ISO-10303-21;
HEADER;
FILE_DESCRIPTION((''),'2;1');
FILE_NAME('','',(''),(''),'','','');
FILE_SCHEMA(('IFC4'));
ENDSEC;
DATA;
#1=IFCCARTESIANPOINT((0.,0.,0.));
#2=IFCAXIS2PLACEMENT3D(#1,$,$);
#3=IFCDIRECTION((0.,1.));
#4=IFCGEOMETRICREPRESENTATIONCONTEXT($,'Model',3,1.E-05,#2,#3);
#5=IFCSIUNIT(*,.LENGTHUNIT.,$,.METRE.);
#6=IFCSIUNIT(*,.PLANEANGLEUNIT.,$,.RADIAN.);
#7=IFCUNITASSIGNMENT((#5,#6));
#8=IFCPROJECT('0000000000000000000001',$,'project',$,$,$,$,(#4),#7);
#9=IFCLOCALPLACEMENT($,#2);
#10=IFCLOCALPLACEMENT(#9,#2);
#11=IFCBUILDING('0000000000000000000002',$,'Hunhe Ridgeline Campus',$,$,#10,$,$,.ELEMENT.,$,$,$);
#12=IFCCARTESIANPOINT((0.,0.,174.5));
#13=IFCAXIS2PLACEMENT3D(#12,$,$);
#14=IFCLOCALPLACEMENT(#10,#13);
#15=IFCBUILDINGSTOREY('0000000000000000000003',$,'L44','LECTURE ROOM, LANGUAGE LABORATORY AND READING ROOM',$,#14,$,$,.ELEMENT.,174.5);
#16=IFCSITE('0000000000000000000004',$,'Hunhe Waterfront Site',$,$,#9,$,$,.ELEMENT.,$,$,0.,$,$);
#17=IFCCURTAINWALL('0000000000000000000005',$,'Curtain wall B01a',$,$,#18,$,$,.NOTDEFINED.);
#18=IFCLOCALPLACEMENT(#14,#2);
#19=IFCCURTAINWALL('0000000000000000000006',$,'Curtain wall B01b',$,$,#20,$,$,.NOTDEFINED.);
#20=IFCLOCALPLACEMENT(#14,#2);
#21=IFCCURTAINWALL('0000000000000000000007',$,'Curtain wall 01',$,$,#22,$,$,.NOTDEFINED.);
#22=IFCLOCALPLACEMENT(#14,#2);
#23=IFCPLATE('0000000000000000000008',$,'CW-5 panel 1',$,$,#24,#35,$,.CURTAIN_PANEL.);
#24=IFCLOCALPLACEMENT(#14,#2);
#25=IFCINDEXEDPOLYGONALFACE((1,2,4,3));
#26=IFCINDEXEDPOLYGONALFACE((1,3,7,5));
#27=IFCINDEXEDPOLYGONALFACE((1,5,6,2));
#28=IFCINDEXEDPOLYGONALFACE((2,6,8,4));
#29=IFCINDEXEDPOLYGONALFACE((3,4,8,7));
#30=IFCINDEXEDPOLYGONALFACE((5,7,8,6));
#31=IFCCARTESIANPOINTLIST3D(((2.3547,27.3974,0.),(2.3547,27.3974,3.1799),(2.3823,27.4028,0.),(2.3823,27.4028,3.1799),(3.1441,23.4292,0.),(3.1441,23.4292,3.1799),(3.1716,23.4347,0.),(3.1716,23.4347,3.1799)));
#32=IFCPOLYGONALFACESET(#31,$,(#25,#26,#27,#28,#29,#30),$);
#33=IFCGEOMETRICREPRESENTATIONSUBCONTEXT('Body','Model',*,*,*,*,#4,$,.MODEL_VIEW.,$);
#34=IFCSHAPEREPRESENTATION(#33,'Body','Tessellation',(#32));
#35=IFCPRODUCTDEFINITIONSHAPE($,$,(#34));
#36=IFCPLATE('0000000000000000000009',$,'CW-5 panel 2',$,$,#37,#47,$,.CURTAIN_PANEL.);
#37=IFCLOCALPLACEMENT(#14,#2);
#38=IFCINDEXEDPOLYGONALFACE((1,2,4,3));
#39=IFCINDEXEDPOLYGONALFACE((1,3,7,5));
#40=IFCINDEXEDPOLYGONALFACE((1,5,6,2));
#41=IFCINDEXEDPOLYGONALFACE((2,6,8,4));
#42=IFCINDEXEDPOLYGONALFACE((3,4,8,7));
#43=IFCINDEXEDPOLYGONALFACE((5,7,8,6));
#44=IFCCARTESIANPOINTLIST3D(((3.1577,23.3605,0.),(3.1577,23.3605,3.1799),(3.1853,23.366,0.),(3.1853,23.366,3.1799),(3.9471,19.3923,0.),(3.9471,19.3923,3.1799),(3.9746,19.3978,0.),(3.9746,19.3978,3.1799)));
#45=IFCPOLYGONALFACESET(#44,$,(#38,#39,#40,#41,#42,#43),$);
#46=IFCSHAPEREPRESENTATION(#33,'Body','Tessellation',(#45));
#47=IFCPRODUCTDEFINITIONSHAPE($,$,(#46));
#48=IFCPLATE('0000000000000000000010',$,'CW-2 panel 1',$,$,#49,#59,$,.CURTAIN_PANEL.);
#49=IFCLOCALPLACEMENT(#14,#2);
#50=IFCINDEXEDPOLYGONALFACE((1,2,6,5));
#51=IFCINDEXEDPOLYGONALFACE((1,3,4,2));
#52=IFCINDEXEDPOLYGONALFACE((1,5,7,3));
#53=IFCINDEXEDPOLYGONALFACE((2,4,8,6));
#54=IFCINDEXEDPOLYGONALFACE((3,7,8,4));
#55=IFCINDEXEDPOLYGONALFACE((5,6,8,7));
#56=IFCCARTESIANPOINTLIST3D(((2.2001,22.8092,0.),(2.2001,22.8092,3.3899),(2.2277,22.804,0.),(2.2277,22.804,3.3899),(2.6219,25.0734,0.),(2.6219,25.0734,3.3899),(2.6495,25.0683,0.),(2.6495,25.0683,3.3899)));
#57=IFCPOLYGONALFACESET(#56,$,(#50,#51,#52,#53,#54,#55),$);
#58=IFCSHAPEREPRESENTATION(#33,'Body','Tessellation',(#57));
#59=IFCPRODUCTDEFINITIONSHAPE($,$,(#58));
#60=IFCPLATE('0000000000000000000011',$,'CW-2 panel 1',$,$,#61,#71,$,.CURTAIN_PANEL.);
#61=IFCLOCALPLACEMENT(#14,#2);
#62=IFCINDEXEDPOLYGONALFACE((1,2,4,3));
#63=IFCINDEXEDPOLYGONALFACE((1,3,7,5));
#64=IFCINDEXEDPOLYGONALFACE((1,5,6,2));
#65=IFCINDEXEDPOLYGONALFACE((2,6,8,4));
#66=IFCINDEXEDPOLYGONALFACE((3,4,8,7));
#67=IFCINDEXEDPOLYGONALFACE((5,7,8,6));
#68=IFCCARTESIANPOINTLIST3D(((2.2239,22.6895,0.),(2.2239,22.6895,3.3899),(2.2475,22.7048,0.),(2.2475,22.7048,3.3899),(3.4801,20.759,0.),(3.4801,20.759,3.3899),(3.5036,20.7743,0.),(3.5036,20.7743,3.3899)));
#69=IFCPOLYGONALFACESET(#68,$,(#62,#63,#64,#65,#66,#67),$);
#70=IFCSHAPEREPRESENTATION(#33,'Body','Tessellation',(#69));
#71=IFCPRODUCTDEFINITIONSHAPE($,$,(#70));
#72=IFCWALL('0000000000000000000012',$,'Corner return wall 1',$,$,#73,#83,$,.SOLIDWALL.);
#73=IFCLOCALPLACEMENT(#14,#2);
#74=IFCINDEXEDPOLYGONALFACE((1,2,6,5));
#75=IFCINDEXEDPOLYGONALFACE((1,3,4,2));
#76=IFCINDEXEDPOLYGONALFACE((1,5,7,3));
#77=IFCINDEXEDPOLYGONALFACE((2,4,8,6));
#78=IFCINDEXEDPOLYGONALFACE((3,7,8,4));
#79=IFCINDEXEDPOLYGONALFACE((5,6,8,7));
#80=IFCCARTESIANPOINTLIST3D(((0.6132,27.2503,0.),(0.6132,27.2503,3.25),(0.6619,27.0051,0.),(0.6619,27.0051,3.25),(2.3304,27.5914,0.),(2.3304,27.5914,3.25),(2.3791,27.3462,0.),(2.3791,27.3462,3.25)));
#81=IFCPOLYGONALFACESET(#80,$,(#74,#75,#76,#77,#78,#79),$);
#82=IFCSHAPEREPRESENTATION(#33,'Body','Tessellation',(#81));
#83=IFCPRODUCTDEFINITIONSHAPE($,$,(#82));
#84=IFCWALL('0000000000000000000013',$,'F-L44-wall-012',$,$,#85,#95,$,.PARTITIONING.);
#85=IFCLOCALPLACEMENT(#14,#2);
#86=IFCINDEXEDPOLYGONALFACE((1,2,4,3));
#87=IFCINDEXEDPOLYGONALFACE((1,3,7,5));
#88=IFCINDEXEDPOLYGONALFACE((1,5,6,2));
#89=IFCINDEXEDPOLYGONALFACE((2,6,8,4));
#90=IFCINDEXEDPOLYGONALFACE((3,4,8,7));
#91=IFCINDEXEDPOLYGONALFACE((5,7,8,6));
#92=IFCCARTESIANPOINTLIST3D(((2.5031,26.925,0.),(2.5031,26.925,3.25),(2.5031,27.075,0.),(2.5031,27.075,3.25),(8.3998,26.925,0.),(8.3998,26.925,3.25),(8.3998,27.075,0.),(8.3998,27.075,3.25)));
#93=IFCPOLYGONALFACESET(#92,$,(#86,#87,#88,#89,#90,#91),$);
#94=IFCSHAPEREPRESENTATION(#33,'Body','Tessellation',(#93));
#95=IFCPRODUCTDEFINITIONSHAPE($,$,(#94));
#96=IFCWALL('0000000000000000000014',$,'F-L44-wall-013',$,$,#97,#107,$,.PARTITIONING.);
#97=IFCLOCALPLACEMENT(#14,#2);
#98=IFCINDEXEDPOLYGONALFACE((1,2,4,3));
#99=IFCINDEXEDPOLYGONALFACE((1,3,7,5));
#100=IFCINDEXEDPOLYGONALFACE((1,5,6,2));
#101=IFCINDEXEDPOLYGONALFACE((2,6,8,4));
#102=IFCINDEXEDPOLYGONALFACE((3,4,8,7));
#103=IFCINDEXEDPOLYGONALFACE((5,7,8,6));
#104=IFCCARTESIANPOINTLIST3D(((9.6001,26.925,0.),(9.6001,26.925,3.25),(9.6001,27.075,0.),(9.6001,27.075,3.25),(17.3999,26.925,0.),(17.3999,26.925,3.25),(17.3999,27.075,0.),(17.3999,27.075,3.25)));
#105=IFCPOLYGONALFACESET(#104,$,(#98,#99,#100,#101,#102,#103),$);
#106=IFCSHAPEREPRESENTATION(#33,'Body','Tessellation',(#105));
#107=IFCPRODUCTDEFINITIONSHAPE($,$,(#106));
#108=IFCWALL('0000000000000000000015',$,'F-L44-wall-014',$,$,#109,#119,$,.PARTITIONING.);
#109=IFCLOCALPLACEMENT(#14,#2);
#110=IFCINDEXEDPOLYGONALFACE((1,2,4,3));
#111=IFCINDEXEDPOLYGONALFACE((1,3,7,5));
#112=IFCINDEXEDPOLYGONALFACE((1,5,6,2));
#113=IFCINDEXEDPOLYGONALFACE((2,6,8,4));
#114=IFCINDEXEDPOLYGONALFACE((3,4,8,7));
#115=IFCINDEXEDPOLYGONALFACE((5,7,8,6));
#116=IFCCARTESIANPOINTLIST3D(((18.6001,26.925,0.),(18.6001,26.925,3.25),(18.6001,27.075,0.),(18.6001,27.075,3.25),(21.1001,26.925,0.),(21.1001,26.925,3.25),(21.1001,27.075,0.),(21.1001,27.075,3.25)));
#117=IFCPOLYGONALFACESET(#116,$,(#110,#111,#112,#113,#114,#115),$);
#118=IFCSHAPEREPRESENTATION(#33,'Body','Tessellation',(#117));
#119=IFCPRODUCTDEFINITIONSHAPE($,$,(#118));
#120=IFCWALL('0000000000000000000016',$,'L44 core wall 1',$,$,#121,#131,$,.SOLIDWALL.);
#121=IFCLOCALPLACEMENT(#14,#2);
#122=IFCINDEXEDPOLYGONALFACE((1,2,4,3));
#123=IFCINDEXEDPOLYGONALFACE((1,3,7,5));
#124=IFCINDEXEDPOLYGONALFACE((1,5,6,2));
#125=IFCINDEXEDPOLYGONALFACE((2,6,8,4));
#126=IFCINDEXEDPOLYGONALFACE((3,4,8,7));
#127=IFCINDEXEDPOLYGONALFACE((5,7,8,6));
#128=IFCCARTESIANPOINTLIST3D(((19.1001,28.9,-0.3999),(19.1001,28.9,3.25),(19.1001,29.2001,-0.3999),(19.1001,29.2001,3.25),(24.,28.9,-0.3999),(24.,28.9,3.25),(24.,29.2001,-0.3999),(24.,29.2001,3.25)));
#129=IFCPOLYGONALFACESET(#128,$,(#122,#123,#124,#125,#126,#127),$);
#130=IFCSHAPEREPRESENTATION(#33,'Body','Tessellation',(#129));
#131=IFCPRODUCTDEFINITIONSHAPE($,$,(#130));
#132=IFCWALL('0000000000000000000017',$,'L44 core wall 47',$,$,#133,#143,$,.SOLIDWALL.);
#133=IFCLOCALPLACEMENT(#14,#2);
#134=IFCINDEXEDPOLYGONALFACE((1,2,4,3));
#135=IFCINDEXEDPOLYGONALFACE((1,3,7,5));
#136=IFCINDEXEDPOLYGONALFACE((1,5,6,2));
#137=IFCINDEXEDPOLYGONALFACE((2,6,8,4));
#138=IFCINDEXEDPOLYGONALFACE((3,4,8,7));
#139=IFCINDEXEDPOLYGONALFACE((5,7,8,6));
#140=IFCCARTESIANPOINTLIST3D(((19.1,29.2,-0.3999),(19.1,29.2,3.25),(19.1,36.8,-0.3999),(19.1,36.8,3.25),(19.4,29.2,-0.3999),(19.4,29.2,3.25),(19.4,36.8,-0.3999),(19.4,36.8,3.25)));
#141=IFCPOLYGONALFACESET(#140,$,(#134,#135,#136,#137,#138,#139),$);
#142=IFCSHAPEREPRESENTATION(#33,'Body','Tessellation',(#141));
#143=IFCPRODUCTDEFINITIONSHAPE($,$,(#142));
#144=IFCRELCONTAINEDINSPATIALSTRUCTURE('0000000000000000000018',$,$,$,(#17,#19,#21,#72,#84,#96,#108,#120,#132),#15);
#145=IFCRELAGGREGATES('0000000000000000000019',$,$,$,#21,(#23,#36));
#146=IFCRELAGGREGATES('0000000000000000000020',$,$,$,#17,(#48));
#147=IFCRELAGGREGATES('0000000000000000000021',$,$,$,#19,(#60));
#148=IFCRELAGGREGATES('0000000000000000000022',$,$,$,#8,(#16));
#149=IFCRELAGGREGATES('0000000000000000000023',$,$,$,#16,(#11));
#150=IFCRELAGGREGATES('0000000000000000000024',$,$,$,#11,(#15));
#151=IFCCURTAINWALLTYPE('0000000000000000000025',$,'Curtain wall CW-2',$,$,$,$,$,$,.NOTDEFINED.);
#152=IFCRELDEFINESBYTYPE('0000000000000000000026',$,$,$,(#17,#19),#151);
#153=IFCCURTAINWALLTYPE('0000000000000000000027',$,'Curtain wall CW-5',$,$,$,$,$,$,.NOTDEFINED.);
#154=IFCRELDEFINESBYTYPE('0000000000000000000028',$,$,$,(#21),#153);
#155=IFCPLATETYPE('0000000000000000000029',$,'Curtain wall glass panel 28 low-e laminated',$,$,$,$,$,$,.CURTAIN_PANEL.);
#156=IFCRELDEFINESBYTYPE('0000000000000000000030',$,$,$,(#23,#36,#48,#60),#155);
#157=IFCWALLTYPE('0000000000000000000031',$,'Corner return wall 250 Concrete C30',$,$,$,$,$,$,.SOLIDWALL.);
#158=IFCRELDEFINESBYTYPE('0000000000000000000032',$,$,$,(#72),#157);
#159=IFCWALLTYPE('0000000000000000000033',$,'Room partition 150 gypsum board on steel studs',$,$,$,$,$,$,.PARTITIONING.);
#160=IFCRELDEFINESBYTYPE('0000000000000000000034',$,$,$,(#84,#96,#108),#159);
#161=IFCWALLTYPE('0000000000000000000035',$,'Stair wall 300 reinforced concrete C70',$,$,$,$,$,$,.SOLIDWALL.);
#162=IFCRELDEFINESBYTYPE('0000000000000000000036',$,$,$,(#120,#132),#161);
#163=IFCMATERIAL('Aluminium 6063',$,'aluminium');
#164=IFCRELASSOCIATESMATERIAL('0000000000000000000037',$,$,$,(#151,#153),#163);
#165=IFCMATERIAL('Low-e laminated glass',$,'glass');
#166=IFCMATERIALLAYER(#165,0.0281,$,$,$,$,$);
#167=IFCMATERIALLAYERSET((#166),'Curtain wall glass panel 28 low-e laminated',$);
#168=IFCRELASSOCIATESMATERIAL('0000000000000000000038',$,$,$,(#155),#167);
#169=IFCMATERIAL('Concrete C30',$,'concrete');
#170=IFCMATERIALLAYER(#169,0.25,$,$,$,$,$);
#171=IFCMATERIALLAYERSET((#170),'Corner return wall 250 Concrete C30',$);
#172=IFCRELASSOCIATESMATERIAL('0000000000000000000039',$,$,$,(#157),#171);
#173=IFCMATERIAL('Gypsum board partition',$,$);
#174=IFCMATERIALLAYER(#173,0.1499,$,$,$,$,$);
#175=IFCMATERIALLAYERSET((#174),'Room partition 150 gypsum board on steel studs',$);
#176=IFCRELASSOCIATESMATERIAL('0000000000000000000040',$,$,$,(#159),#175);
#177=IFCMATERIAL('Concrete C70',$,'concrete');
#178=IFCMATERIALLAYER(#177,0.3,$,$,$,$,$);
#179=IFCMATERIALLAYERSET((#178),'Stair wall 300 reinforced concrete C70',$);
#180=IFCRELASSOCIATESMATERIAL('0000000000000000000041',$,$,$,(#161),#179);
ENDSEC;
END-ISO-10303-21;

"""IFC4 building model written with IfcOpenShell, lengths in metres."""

from ifc_helpers import new_model, si_unit, direction, frame, frame_2d, origin, origin_2d, place, context, subcontext, project, spatial, rectangle, extrude, material, layer, layer_set, type_object, element, aggregate, save


model = new_model("IFC4")

# Units and contexts
model_context = context("Model", 3, precision=1e-05, world=origin(), true_north=direction((0.0, 1.0)))
body_context = subcontext(model_context, "Body", "Model", "MODEL_VIEW")
ifc_project = project(units=[si_unit("LENGTHUNIT", "METRE"), si_unit("PLANEANGLEUNIT", "RADIAN")], contexts=[model_context])

# Site, building, storey
site_placement = place(None, origin())
site = spatial("IfcSite", under=ifc_project, at=site_placement, Name="Hunhe Waterfront Site", CompositionType="ELEMENT", RefElevation=0.0)
building_placement = place(site_placement, origin())
building = spatial("IfcBuilding", under=site, at=building_placement, Name="Hunhe Ridgeline Campus", CompositionType="ELEMENT")
storey_placement = place(building_placement, frame((0.0, 0.0, 174.5)))
storey = spatial("IfcBuildingStorey", under=building, at=storey_placement, Name="L44", Description="LECTURE ROOM, LANGUAGE LABORATORY AND READING ROOM", CompositionType="ELEMENT", Elevation=174.5)

# Shared definitions
ifc_material_1 = material(Name="Concrete C70", Category="concrete")

# Curtain walls
ifc_material_2 = material(Name="Aluminium 6063", Category="aluminium")
curtain_wall_type_1 = type_object("IfcCurtainWallType", Name="Curtain wall CW-2", PredefinedType="NOTDEFINED", material=ifc_material_2)
curtain_wall_1_placement = place(storey_placement, origin())
curtain_wall_1 = element("IfcCurtainWall", 1, at=curtain_wall_1_placement, inside=storey, type_object=curtain_wall_type_1, Name="Curtain wall B01a", PredefinedType="NOTDEFINED")
curtain_wall_2_placement = place(storey_placement, origin())
curtain_wall_2 = element("IfcCurtainWall", 2, at=curtain_wall_2_placement, inside=storey, type_object=curtain_wall_type_1, Name="Curtain wall B01b", PredefinedType="NOTDEFINED")

# Curtain wall
curtain_wall_type_2 = type_object("IfcCurtainWallType", Name="Curtain wall CW-5", PredefinedType="NOTDEFINED", material=ifc_material_2)
curtain_wall_3_placement = place(storey_placement, origin())
curtain_wall_3 = element("IfcCurtainWall", 3, at=curtain_wall_3_placement, inside=storey, type_object=curtain_wall_type_2, Name="Curtain wall 01", PredefinedType="NOTDEFINED")

# Plates
ifc_material_3 = material(Name="Low-e laminated glass", Category="glass")
ifc_layer_1 = layer(ifc_material_3, 0.0281)
ifc_layer_set_1 = layer_set([ifc_layer_1], Name="Curtain wall glass panel 28 low-e laminated")
plate_type = type_object("IfcPlateType", Name="Curtain wall glass panel 28 low-e laminated", PredefinedType="CURTAIN_PANEL", material=ifc_layer_set_1)
plate_1_placement = place(storey_placement, frame((2.7632, 25.416, 0.0), z_axis=(0.0, 0.0, 1.0), x_axis=(0.195095, -0.980784, 0.0)))
plate_1 = element("IfcPlate", 4, at=plate_1_placement, type_object=plate_type, Name="CW-5 panel 1", PredefinedType="CURTAIN_PANEL", context=body_context, shape_type="SweptSolid", body=[
    extrude(rectangle(XDim=4.0459, YDim=0.0281, at=origin_2d()), origin(), (0.0, 0.0, 1.0), 3.1799),
])
plate_2_placement = place(storey_placement, frame((3.5662, 21.3792, 0.0), z_axis=(0.0, 0.0, 1.0), x_axis=(0.195095, -0.980784, 0.0)))
plate_2 = element("IfcPlate", 5, at=plate_2_placement, type_object=plate_type, Name="CW-5 panel 2", PredefinedType="CURTAIN_PANEL", context=body_context, shape_type="SweptSolid", body=[
    extrude(rectangle(XDim=4.0459, YDim=0.0281, at=origin_2d()), origin(), (0.0, 0.0, 1.0), 3.1799),
])
aggregate(curtain_wall_3, [plate_1, plate_2])
plate_3_placement = place(storey_placement, frame((2.4248, 23.9387, 0.0), z_axis=(0.0, 0.0, 1.0), x_axis=(-0.183113, -0.983092, 0.0)))
plate_3 = element("IfcPlate", 6, at=plate_3_placement, type_object=plate_type, Name="CW-2 panel 1", PredefinedType="CURTAIN_PANEL", context=body_context, shape_type="SweptSolid", body=[
    extrude(rectangle(XDim=2.3032, YDim=0.0281, at=origin_2d()), origin(), (0.0, 0.0, 1.0), 3.3899),
])
aggregate(curtain_wall_1, [plate_3])
plate_4_placement = place(storey_placement, frame((2.8638, 21.7319, 0.0), z_axis=(0.0, 0.0, 1.0), x_axis=(0.545395, -0.838179, 0.0)))
plate_4 = element("IfcPlate", 7, at=plate_4_placement, type_object=plate_type, Name="CW-2 panel 1", PredefinedType="CURTAIN_PANEL", context=body_context, shape_type="SweptSolid", body=[
    extrude(rectangle(XDim=2.3032, YDim=0.0281, at=origin_2d()), origin(), (0.0, 0.0, 1.0), 3.3899),
])
aggregate(curtain_wall_2, [plate_4])

# Walls
ifc_material_4 = material(Name="Concrete C30", Category="concrete")
ifc_layer_2 = layer(ifc_material_4, 0.25)
ifc_layer_set_2 = layer_set([ifc_layer_2], Name="Corner return wall 250 Concrete C30")
wall_type_1 = type_object("IfcWallType", Name="Corner return wall 250 Concrete C30", PredefinedType="SOLIDWALL", material=ifc_layer_set_2)
wall_1_placement = place(storey_placement, frame((0.6375, 27.1277, 0.0), z_axis=(0.0, 0.0, 1.0), x_axis=(0.980843, 0.194802, 0.0)))
element("IfcWall", 8, at=wall_1_placement, inside=storey, type_object=wall_type_1, Name="Corner return wall 1", PredefinedType="SOLIDWALL", context=body_context, shape_type="SweptSolid", body=[
    extrude(rectangle(XDim=1.7507, YDim=0.25, at=frame_2d((0.8755, 0.0))), origin(), (0.0, 0.0, 1.0), 3.25),
])
ifc_material_5 = material(Name="Gypsum board partition")
ifc_layer_3 = layer(ifc_material_5, 0.1499)
ifc_layer_set_3 = layer_set([ifc_layer_3], Name="Room partition 150 gypsum board on steel studs")
wall_type_2 = type_object("IfcWallType", Name="Room partition 150 gypsum board on steel studs", PredefinedType="PARTITIONING", material=ifc_layer_set_3)
wall_2_placement = place(storey_placement, frame((2.5032, 27.0, 0.0), z_axis=(0.0, 0.0, 1.0), x_axis=(1.0, 0.0, 0.0)))
element("IfcWall", 9, at=wall_2_placement, inside=storey, type_object=wall_type_2, Name="F-L44-wall-012", PredefinedType="PARTITIONING", context=body_context, shape_type="SweptSolid", body=[
    extrude(rectangle(XDim=5.8967, YDim=0.1499, at=frame_2d((2.9482, 0.0))), origin(), (0.0, 0.0, 1.0), 3.25),
])
wall_3_placement = place(storey_placement, frame((9.6001, 27.0, 0.0), z_axis=(0.0, 0.0, 1.0), x_axis=(1.0, 0.0, 0.0)))
element("IfcWall", 10, at=wall_3_placement, inside=storey, type_object=wall_type_2, Name="F-L44-wall-013", PredefinedType="PARTITIONING", context=body_context, shape_type="SweptSolid", body=[
    extrude(rectangle(XDim=7.7998, YDim=0.1499, at=frame_2d((3.8999, 0.0))), origin(), (0.0, 0.0, 1.0), 3.25),
])
wall_4_placement = place(storey_placement, frame((18.6001, 27.0, 0.0), z_axis=(0.0, 0.0, 1.0), x_axis=(1.0, 0.0, 0.0)))
element("IfcWall", 11, at=wall_4_placement, inside=storey, type_object=wall_type_2, Name="F-L44-wall-014", PredefinedType="PARTITIONING", context=body_context, shape_type="SweptSolid", body=[
    extrude(rectangle(XDim=2.5, YDim=0.1499, at=frame_2d((1.25, 0.0))), origin(), (0.0, 0.0, 1.0), 3.25),
])
ifc_layer_4 = layer(ifc_material_1, 0.3)
ifc_layer_set_4 = layer_set([ifc_layer_4], Name="Stair wall 300 reinforced concrete C70")
wall_type_3 = type_object("IfcWallType", Name="Stair wall 300 reinforced concrete C70", PredefinedType="SOLIDWALL", material=ifc_layer_set_4)
wall_5_placement = place(storey_placement, frame((19.1001, 29.05, -0.3999), z_axis=(0.0, 0.0, 1.0), x_axis=(1.0, 0.0, 0.0)))
element("IfcWall", 12, at=wall_5_placement, inside=storey, type_object=wall_type_3, Name="L44 core wall 1", PredefinedType="SOLIDWALL", context=body_context, shape_type="SweptSolid", body=[
    extrude(rectangle(XDim=4.8999, YDim=0.3, at=frame_2d((2.45, 0.0))), origin(), (0.0, 0.0, 1.0), 3.6499),
])
wall_6_placement = place(storey_placement, frame((19.25, 29.2, -0.3999), z_axis=(0.0, 0.0, 1.0), x_axis=(0.0, 1.0, 0.0)))
element("IfcWall", 13, at=wall_6_placement, inside=storey, type_object=wall_type_3, Name="L44 core wall 47", PredefinedType="SOLIDWALL", context=body_context, shape_type="SweptSolid", body=[
    extrude(rectangle(XDim=7.6001, YDim=0.3, at=frame_2d((3.8, 0.0))), origin(), (0.0, 0.0, 1.0), 3.6499),
])

save(model, "model.ifc")
